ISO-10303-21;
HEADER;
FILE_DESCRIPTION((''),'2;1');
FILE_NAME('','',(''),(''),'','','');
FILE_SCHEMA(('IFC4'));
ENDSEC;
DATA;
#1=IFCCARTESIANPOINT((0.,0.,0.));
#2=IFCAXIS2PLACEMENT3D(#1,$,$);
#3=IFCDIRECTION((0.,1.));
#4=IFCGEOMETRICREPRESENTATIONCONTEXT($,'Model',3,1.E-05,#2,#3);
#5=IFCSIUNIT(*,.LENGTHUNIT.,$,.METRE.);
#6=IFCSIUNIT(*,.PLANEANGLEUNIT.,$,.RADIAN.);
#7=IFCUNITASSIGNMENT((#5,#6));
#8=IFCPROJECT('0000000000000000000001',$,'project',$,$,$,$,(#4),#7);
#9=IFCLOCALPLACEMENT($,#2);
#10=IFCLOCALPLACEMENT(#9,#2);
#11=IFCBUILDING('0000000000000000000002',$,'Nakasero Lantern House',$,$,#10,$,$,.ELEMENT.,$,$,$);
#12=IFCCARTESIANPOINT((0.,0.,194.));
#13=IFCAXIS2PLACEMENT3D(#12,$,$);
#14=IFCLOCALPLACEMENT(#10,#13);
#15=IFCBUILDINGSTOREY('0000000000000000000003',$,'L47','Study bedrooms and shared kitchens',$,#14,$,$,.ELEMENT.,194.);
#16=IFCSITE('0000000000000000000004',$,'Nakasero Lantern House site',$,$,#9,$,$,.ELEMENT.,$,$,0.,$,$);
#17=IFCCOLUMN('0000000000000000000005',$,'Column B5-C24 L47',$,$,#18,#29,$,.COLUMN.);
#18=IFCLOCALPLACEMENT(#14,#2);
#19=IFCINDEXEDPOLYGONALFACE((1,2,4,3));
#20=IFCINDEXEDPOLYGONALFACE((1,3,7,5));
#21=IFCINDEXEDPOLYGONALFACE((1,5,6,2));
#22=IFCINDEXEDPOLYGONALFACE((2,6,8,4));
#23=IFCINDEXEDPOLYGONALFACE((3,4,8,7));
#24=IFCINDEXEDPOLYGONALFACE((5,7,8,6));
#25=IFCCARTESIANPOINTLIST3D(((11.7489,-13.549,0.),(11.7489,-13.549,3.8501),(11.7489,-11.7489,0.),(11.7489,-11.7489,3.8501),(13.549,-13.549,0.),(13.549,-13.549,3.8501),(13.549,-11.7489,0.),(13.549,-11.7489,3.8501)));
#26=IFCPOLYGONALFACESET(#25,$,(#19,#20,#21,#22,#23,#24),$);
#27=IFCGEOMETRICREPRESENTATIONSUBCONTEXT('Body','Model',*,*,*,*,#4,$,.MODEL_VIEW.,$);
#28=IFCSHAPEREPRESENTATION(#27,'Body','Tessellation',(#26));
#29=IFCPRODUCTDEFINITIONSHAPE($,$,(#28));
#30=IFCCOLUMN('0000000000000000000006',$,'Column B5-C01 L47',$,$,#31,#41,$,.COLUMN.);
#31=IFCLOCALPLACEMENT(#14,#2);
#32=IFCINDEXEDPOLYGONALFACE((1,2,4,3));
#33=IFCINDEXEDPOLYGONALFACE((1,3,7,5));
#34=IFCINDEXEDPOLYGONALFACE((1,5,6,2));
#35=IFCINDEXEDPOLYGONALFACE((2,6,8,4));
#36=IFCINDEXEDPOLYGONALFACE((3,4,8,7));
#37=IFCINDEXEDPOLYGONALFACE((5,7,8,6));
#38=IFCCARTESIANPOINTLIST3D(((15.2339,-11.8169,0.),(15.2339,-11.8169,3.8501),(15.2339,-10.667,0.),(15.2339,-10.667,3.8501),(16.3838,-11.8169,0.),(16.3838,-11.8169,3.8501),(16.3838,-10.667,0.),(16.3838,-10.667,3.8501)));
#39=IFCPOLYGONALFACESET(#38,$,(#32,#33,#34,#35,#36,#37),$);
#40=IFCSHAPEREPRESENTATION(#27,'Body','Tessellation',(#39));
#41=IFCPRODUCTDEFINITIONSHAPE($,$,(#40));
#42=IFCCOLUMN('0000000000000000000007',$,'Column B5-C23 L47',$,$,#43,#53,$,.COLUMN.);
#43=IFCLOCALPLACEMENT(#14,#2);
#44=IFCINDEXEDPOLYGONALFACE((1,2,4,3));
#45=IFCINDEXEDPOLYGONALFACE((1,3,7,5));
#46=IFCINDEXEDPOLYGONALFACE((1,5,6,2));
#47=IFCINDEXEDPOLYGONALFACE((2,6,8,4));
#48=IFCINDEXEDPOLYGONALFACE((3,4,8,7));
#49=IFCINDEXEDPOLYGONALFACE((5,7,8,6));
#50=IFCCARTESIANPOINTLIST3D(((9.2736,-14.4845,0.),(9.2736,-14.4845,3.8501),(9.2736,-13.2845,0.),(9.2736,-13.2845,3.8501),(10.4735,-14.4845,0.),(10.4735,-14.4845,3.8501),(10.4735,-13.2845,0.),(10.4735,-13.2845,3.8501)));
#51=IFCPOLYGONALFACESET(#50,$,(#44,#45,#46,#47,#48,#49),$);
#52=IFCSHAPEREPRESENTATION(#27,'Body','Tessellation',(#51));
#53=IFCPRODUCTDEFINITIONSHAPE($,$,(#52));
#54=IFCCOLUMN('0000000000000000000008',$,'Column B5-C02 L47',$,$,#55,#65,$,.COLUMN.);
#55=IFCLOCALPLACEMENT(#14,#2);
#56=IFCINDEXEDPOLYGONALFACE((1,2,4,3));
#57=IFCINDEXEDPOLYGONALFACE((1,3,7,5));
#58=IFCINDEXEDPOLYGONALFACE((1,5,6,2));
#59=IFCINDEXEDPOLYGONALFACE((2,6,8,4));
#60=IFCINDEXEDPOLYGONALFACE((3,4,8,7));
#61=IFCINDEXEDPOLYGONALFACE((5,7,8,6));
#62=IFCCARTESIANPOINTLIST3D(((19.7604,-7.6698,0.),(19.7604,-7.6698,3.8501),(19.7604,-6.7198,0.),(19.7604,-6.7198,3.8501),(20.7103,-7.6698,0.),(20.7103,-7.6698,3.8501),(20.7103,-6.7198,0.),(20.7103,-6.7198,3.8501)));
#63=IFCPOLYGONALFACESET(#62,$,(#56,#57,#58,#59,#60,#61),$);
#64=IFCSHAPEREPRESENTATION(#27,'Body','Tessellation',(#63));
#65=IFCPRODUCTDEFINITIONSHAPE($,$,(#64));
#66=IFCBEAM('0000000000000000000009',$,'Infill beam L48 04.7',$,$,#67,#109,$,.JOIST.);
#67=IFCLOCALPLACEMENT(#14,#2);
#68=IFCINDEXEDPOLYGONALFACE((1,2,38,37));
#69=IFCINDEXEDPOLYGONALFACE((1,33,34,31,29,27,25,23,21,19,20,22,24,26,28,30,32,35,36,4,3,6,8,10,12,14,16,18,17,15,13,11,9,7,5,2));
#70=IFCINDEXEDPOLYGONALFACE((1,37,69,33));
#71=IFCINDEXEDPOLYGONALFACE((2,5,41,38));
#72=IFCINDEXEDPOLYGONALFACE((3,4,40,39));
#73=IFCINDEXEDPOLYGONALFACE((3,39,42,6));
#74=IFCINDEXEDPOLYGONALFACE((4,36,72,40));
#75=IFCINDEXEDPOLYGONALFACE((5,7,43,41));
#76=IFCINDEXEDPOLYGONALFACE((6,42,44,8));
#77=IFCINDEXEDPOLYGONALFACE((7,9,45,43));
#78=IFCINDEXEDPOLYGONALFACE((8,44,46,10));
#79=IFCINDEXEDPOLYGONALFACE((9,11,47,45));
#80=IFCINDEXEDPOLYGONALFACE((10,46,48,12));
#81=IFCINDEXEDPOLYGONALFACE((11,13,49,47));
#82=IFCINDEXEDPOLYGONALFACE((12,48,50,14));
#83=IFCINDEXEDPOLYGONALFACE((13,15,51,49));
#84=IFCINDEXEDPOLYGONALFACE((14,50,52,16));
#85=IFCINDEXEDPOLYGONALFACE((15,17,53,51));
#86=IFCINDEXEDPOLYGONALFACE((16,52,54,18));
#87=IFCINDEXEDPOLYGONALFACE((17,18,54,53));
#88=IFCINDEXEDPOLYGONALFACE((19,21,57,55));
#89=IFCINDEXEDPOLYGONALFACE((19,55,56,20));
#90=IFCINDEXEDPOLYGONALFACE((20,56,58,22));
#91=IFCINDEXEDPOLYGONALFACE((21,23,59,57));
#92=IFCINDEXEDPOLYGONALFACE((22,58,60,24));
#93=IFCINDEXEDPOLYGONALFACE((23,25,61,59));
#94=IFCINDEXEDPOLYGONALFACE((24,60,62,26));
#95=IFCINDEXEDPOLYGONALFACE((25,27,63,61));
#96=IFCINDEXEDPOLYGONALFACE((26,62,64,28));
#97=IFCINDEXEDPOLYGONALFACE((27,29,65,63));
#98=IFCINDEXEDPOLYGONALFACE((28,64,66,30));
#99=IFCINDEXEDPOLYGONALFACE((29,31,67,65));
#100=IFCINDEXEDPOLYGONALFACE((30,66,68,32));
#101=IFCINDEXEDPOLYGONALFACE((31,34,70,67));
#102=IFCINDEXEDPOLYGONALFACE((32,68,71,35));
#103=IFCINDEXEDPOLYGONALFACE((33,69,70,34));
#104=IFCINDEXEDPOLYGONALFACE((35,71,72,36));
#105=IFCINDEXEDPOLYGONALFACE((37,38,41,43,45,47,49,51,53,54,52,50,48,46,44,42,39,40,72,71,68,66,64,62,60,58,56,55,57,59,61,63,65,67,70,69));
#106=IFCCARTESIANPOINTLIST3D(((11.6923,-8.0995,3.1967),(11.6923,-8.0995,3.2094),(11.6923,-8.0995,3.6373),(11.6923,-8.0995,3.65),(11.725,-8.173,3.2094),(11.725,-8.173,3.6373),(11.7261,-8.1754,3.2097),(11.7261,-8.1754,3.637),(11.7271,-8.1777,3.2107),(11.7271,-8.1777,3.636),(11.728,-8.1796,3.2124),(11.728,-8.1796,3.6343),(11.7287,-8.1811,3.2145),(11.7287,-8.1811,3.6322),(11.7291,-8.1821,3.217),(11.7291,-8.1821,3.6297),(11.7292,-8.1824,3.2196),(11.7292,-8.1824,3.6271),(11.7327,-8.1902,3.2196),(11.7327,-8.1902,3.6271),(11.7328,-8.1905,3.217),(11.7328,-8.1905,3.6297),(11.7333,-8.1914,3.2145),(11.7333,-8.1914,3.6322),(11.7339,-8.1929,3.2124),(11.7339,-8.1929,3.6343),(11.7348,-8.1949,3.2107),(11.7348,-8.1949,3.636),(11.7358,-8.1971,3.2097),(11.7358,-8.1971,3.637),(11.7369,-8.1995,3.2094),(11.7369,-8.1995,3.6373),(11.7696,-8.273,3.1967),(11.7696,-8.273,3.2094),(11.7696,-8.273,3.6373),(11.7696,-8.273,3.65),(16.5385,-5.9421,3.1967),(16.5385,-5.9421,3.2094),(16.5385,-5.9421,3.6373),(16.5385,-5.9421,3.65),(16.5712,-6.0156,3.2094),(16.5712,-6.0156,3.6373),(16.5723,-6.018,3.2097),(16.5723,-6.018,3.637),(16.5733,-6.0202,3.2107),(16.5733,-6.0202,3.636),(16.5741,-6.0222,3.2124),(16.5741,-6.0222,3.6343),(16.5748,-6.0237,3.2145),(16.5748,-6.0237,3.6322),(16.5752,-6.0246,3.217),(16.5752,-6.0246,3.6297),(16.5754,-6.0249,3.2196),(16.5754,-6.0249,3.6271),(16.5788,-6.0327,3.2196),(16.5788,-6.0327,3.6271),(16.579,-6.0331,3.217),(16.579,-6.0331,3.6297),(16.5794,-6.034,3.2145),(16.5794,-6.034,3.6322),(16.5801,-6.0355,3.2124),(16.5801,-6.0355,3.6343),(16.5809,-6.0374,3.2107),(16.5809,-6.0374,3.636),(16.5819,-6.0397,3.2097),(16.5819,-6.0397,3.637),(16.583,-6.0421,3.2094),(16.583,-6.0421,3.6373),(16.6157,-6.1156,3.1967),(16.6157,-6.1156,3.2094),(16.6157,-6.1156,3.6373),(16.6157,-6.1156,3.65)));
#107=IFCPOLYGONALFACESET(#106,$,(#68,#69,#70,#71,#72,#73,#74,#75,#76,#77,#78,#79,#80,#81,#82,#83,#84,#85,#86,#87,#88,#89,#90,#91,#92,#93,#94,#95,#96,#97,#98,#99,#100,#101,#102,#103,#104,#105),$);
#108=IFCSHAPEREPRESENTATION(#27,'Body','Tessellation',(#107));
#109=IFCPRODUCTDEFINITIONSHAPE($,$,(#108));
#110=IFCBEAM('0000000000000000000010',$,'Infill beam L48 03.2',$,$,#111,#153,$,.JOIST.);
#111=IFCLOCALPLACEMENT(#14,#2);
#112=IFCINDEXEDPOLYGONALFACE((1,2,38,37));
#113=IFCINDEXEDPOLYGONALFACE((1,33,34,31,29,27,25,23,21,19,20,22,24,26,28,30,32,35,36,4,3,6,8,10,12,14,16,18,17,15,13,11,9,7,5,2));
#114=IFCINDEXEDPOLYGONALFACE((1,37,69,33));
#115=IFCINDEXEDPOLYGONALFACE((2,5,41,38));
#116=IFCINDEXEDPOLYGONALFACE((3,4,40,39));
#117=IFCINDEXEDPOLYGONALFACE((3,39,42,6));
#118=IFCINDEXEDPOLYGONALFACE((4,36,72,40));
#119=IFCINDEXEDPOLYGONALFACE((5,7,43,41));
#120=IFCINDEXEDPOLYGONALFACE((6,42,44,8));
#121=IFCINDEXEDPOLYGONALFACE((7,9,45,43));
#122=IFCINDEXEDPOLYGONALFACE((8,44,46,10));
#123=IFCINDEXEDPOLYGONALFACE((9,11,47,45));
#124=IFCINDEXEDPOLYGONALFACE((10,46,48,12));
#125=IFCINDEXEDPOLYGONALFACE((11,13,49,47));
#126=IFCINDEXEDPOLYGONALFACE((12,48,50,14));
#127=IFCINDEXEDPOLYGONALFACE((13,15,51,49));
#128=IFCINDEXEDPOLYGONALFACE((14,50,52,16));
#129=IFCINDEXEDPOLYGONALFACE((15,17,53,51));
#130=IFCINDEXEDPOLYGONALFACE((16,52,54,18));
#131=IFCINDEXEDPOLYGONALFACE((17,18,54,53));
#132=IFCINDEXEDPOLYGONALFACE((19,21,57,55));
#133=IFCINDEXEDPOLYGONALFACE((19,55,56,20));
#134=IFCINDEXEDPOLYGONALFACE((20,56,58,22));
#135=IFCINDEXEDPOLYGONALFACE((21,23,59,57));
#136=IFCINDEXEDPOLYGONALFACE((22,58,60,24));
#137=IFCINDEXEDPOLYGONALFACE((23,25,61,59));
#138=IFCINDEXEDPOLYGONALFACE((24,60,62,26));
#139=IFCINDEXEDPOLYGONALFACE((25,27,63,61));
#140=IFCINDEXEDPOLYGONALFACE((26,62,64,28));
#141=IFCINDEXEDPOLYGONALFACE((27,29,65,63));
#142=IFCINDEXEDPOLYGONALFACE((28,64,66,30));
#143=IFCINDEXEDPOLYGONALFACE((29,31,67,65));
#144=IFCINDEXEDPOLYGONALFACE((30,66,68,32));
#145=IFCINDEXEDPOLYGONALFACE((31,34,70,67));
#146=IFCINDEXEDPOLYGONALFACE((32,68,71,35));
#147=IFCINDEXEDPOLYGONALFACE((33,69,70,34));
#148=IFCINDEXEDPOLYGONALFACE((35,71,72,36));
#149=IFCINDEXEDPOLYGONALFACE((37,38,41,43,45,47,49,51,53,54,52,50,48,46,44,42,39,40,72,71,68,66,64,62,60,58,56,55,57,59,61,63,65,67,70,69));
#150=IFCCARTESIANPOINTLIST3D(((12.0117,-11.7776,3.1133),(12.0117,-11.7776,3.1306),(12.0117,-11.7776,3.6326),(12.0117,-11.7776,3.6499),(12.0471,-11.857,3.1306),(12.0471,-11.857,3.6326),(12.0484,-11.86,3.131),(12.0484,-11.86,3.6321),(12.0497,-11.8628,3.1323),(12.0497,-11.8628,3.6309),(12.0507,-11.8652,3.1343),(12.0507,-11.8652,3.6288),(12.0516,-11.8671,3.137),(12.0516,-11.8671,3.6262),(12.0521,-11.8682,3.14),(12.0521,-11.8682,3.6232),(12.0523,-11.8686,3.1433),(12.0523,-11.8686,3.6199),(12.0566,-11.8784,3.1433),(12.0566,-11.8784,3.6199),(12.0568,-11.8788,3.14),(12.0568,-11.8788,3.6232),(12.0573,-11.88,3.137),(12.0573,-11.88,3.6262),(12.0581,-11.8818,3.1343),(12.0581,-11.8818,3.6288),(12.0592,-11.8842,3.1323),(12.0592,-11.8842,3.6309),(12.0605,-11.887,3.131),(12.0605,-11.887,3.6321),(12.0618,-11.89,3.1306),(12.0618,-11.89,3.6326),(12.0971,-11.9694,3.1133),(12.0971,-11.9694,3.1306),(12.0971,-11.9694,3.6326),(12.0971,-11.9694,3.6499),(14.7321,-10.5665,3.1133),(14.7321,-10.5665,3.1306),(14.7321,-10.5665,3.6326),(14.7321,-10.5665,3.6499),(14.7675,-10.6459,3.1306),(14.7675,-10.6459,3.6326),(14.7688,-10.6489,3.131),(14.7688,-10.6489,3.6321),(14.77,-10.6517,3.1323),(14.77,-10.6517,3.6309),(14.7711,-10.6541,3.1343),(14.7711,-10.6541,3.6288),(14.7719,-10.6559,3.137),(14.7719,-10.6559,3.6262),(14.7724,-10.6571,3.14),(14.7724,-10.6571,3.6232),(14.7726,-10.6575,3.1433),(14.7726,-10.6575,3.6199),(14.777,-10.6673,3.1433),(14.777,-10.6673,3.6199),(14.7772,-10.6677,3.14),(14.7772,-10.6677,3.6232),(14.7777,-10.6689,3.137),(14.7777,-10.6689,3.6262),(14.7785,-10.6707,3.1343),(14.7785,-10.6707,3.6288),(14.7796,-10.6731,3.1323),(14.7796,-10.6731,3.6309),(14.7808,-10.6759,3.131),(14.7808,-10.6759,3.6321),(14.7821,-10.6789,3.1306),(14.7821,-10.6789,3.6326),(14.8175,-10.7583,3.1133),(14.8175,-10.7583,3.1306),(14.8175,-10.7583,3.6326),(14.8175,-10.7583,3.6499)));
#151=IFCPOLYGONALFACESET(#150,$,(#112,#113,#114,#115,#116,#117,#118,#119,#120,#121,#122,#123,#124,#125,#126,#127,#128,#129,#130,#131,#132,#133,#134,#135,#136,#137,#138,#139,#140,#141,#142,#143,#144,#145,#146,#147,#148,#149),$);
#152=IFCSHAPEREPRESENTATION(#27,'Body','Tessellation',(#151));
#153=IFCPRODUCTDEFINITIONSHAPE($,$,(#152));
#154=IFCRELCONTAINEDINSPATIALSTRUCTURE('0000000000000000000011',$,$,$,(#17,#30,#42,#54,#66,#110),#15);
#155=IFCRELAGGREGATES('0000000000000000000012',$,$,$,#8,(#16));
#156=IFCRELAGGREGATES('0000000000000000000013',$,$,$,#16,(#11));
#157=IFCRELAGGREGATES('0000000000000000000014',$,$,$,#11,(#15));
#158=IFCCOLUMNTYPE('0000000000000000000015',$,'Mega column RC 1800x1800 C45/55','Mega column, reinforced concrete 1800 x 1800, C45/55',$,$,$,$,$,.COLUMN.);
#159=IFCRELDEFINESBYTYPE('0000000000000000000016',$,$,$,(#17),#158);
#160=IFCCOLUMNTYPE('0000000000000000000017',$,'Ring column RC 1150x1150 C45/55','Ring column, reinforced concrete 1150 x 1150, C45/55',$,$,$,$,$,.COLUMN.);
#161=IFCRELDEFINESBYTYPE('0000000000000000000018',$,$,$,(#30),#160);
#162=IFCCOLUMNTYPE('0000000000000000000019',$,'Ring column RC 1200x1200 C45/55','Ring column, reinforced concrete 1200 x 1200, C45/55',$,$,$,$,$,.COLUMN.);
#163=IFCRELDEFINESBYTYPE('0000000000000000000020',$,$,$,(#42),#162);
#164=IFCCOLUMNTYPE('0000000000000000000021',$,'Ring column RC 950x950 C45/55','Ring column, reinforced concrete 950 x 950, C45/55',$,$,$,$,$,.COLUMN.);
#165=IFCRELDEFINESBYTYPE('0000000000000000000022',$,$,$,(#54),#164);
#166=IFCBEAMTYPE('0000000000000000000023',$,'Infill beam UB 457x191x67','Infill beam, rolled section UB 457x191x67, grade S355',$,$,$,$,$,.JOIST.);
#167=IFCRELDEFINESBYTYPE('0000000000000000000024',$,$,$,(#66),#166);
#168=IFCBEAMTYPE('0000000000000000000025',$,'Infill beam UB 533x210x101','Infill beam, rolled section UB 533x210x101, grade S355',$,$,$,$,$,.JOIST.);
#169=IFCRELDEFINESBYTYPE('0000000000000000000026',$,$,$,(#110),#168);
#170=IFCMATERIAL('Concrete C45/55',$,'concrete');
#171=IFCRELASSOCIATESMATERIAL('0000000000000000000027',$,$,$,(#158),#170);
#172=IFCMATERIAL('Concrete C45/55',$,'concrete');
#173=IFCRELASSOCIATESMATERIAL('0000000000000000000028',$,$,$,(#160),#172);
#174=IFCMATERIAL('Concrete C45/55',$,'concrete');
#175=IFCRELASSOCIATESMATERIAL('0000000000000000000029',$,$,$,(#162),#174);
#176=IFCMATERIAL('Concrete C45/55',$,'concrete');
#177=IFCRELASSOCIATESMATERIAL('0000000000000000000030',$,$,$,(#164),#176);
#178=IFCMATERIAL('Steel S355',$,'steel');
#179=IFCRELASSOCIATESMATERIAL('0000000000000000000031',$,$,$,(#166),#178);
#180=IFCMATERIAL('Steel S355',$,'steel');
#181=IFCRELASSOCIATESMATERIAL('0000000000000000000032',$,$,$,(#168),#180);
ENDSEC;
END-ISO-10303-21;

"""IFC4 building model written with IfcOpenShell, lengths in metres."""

from ifc_helpers import new_model, si_unit, direction, frame, origin, origin_2d, place, context, subcontext, project, spatial, rectangle, i_section, extrude, material, material_profile, profile_set, type_object, element, save


model = new_model("IFC4")

# Units and contexts
model_context = context("Model", 3, precision=1e-05, world=origin(), true_north=direction((0.0, 1.0)))
body_context = subcontext(model_context, "Body", "Model", "MODEL_VIEW")
ifc_project = project(units=[si_unit("LENGTHUNIT", "METRE"), si_unit("PLANEANGLEUNIT", "RADIAN")], contexts=[model_context])

# Site, building, storey
site_placement = place(None, origin())
site = spatial("IfcSite", under=ifc_project, at=site_placement, Name="Nakasero Lantern House site", CompositionType="ELEMENT", RefElevation=0.0)
building_placement = place(site_placement, origin())
building = spatial("IfcBuilding", under=site, at=building_placement, Name="Nakasero Lantern House", CompositionType="ELEMENT")
storey_placement = place(building_placement, frame((0.0, 0.0, 194.0)))
storey = spatial("IfcBuildingStorey", under=building, at=storey_placement, Name="L47", Description="Study bedrooms and shared kitchens", CompositionType="ELEMENT", Elevation=194.0)

# Columns
ifc_material_1 = material(Name="Concrete C45/55", Category="concrete")
ifc_material_profile_1 = material_profile(ifc_material_1, rectangle(XDim=1.8, YDim=1.8, at=origin_2d()), Name="RC 1800x1800")
ifc_profile_set_1 = profile_set([ifc_material_profile_1], Name="Concrete C45/55")
column_type_1 = type_object("IfcColumnType", Name="Mega column RC 1800x1800 C45/55", Description="Mega column, reinforced concrete 1800 x 1800, C45/55", PredefinedType="COLUMN", material=ifc_profile_set_1)
column_1_placement = place(storey_placement, frame((12.6489, -12.6489, 0.0), z_axis=(0.0, 0.0, 1.0), x_axis=(1.0, 0.0, 0.0)))
element("IfcColumn", 1, at=column_1_placement, inside=storey, type_object=column_type_1, Name="Column B5-C24 L47", PredefinedType="COLUMN", context=body_context, shape_type="SweptSolid", body=[
    extrude(rectangle(XDim=1.8, YDim=1.8, at=origin_2d()), origin(), (0.0, 0.0, 1.0), 3.8501),
])
ifc_material_2 = material(Name="Concrete C45/55", Category="concrete")
ifc_material_profile_2 = material_profile(ifc_material_2, rectangle(XDim=1.1499, YDim=1.1499, at=origin_2d()), Name="RC 1150x1150")
ifc_profile_set_2 = profile_set([ifc_material_profile_2], Name="Concrete C45/55")
column_type_2 = type_object("IfcColumnType", Name="Ring column RC 1150x1150 C45/55", Description="Ring column, reinforced concrete 1150 x 1150, C45/55", PredefinedType="COLUMN", material=ifc_profile_set_2)
column_2_placement = place(storey_placement, frame((15.8088, -11.2419, 0.0), z_axis=(0.0, 0.0, 1.0), x_axis=(1.0, 0.0, 0.0)))
element("IfcColumn", 2, at=column_2_placement, inside=storey, type_object=column_type_2, Name="Column B5-C01 L47", PredefinedType="COLUMN", context=body_context, shape_type="SweptSolid", body=[
    extrude(rectangle(XDim=1.1499, YDim=1.1499, at=origin_2d()), origin(), (0.0, 0.0, 1.0), 3.8501),
])
ifc_material_3 = material(Name="Concrete C45/55", Category="concrete")
ifc_material_profile_3 = material_profile(ifc_material_3, rectangle(XDim=1.2, YDim=1.2, at=origin_2d()), Name="RC 1200x1200")
ifc_profile_set_3 = profile_set([ifc_material_profile_3], Name="Concrete C45/55")
column_type_3 = type_object("IfcColumnType", Name="Ring column RC 1200x1200 C45/55", Description="Ring column, reinforced concrete 1200 x 1200, C45/55", PredefinedType="COLUMN", material=ifc_profile_set_3)
column_3_placement = place(storey_placement, frame((9.8735, -13.8845, 0.0), z_axis=(0.0, 0.0, 1.0), x_axis=(1.0, 0.0, 0.0)))
element("IfcColumn", 3, at=column_3_placement, inside=storey, type_object=column_type_3, Name="Column B5-C23 L47", PredefinedType="COLUMN", context=body_context, shape_type="SweptSolid", body=[
    extrude(rectangle(XDim=1.2, YDim=1.2, at=origin_2d()), origin(), (0.0, 0.0, 1.0), 3.8501),
])
ifc_material_4 = material(Name="Concrete C45/55", Category="concrete")
ifc_material_profile_4 = material_profile(ifc_material_4, rectangle(XDim=0.95, YDim=0.95, at=origin_2d()), Name="RC 950x950")
ifc_profile_set_4 = profile_set([ifc_material_profile_4], Name="Concrete C45/55")
column_type_4 = type_object("IfcColumnType", Name="Ring column RC 950x950 C45/55", Description="Ring column, reinforced concrete 950 x 950, C45/55", PredefinedType="COLUMN", material=ifc_profile_set_4)
column_4_placement = place(storey_placement, frame((20.2354, -7.1948, 0.0), z_axis=(0.0, 0.0, 1.0), x_axis=(1.0, 0.0, 0.0)))
element("IfcColumn", 4, at=column_4_placement, inside=storey, type_object=column_type_4, Name="Column B5-C02 L47", PredefinedType="COLUMN", context=body_context, shape_type="SweptSolid", body=[
    extrude(rectangle(XDim=0.95, YDim=0.95, at=origin_2d()), origin(), (0.0, 0.0, 1.0), 3.8501),
])

# Beams
ifc_material_5 = material(Name="Steel S355", Category="steel")
ifc_material_profile_5 = material_profile(ifc_material_5, i_section(OverallWidth=0.1899, OverallDepth=0.4534, WebThickness=0.0085, FlangeThickness=0.0127, FilletRadius=0.0103, at=origin_2d()), Name="UB 457x191x67")
ifc_profile_set_5 = profile_set([ifc_material_profile_5], Name="Steel S355")
beam_type_1 = type_object("IfcBeamType", Name="Infill beam UB 457x191x67", Description="Infill beam, rolled section UB 457x191x67, grade S355", PredefinedType="JOIST", material=ifc_profile_set_5)
beam_1_placement = place(storey_placement, frame((11.731, -8.1863, 3.4233), z_axis=(0.913559, 0.406706, 0.0), x_axis=(-0.406706, 0.913559, 0.0)))
element("IfcBeam", 5, at=beam_1_placement, inside=storey, type_object=beam_type_1, Name="Infill beam L48 04.7", PredefinedType="JOIST", context=body_context, shape_type="SweptSolid", body=[
    extrude(i_section(OverallWidth=0.1899, OverallDepth=0.4534, WebThickness=0.0085, FlangeThickness=0.0127, FilletRadius=0.0103, at=origin_2d()), origin(), (0.0, 0.0, 1.0), 5.3047),
])
ifc_material_6 = material(Name="Steel S355", Category="steel")
ifc_material_profile_6 = material_profile(ifc_material_6, i_section(OverallWidth=0.21, OverallDepth=0.5366, WebThickness=0.0107, FlangeThickness=0.0173, FilletRadius=0.0127, at=origin_2d()), Name="UB 533x210x101")
ifc_profile_set_6 = profile_set([ifc_material_profile_6], Name="Steel S355")
beam_type_2 = type_object("IfcBeamType", Name="Infill beam UB 533x210x101", Description="Infill beam, rolled section UB 533x210x101, grade S355", PredefinedType="JOIST", material=ifc_profile_set_6)
beam_2_placement = place(storey_placement, frame((12.0544, -11.8735, 3.3816), z_axis=(0.913551, 0.406724, 0.0), x_axis=(-0.406724, 0.913551, 0.0)))
element("IfcBeam", 6, at=beam_2_placement, inside=storey, type_object=beam_type_2, Name="Infill beam L48 03.2", PredefinedType="JOIST", context=body_context, shape_type="SweptSolid", body=[
    extrude(i_section(OverallWidth=0.21, OverallDepth=0.5366, WebThickness=0.0107, FlangeThickness=0.0173, FilletRadius=0.0127, at=origin_2d()), origin(), (0.0, 0.0, 1.0), 2.9778),
])

save(model, "model.ifc")
